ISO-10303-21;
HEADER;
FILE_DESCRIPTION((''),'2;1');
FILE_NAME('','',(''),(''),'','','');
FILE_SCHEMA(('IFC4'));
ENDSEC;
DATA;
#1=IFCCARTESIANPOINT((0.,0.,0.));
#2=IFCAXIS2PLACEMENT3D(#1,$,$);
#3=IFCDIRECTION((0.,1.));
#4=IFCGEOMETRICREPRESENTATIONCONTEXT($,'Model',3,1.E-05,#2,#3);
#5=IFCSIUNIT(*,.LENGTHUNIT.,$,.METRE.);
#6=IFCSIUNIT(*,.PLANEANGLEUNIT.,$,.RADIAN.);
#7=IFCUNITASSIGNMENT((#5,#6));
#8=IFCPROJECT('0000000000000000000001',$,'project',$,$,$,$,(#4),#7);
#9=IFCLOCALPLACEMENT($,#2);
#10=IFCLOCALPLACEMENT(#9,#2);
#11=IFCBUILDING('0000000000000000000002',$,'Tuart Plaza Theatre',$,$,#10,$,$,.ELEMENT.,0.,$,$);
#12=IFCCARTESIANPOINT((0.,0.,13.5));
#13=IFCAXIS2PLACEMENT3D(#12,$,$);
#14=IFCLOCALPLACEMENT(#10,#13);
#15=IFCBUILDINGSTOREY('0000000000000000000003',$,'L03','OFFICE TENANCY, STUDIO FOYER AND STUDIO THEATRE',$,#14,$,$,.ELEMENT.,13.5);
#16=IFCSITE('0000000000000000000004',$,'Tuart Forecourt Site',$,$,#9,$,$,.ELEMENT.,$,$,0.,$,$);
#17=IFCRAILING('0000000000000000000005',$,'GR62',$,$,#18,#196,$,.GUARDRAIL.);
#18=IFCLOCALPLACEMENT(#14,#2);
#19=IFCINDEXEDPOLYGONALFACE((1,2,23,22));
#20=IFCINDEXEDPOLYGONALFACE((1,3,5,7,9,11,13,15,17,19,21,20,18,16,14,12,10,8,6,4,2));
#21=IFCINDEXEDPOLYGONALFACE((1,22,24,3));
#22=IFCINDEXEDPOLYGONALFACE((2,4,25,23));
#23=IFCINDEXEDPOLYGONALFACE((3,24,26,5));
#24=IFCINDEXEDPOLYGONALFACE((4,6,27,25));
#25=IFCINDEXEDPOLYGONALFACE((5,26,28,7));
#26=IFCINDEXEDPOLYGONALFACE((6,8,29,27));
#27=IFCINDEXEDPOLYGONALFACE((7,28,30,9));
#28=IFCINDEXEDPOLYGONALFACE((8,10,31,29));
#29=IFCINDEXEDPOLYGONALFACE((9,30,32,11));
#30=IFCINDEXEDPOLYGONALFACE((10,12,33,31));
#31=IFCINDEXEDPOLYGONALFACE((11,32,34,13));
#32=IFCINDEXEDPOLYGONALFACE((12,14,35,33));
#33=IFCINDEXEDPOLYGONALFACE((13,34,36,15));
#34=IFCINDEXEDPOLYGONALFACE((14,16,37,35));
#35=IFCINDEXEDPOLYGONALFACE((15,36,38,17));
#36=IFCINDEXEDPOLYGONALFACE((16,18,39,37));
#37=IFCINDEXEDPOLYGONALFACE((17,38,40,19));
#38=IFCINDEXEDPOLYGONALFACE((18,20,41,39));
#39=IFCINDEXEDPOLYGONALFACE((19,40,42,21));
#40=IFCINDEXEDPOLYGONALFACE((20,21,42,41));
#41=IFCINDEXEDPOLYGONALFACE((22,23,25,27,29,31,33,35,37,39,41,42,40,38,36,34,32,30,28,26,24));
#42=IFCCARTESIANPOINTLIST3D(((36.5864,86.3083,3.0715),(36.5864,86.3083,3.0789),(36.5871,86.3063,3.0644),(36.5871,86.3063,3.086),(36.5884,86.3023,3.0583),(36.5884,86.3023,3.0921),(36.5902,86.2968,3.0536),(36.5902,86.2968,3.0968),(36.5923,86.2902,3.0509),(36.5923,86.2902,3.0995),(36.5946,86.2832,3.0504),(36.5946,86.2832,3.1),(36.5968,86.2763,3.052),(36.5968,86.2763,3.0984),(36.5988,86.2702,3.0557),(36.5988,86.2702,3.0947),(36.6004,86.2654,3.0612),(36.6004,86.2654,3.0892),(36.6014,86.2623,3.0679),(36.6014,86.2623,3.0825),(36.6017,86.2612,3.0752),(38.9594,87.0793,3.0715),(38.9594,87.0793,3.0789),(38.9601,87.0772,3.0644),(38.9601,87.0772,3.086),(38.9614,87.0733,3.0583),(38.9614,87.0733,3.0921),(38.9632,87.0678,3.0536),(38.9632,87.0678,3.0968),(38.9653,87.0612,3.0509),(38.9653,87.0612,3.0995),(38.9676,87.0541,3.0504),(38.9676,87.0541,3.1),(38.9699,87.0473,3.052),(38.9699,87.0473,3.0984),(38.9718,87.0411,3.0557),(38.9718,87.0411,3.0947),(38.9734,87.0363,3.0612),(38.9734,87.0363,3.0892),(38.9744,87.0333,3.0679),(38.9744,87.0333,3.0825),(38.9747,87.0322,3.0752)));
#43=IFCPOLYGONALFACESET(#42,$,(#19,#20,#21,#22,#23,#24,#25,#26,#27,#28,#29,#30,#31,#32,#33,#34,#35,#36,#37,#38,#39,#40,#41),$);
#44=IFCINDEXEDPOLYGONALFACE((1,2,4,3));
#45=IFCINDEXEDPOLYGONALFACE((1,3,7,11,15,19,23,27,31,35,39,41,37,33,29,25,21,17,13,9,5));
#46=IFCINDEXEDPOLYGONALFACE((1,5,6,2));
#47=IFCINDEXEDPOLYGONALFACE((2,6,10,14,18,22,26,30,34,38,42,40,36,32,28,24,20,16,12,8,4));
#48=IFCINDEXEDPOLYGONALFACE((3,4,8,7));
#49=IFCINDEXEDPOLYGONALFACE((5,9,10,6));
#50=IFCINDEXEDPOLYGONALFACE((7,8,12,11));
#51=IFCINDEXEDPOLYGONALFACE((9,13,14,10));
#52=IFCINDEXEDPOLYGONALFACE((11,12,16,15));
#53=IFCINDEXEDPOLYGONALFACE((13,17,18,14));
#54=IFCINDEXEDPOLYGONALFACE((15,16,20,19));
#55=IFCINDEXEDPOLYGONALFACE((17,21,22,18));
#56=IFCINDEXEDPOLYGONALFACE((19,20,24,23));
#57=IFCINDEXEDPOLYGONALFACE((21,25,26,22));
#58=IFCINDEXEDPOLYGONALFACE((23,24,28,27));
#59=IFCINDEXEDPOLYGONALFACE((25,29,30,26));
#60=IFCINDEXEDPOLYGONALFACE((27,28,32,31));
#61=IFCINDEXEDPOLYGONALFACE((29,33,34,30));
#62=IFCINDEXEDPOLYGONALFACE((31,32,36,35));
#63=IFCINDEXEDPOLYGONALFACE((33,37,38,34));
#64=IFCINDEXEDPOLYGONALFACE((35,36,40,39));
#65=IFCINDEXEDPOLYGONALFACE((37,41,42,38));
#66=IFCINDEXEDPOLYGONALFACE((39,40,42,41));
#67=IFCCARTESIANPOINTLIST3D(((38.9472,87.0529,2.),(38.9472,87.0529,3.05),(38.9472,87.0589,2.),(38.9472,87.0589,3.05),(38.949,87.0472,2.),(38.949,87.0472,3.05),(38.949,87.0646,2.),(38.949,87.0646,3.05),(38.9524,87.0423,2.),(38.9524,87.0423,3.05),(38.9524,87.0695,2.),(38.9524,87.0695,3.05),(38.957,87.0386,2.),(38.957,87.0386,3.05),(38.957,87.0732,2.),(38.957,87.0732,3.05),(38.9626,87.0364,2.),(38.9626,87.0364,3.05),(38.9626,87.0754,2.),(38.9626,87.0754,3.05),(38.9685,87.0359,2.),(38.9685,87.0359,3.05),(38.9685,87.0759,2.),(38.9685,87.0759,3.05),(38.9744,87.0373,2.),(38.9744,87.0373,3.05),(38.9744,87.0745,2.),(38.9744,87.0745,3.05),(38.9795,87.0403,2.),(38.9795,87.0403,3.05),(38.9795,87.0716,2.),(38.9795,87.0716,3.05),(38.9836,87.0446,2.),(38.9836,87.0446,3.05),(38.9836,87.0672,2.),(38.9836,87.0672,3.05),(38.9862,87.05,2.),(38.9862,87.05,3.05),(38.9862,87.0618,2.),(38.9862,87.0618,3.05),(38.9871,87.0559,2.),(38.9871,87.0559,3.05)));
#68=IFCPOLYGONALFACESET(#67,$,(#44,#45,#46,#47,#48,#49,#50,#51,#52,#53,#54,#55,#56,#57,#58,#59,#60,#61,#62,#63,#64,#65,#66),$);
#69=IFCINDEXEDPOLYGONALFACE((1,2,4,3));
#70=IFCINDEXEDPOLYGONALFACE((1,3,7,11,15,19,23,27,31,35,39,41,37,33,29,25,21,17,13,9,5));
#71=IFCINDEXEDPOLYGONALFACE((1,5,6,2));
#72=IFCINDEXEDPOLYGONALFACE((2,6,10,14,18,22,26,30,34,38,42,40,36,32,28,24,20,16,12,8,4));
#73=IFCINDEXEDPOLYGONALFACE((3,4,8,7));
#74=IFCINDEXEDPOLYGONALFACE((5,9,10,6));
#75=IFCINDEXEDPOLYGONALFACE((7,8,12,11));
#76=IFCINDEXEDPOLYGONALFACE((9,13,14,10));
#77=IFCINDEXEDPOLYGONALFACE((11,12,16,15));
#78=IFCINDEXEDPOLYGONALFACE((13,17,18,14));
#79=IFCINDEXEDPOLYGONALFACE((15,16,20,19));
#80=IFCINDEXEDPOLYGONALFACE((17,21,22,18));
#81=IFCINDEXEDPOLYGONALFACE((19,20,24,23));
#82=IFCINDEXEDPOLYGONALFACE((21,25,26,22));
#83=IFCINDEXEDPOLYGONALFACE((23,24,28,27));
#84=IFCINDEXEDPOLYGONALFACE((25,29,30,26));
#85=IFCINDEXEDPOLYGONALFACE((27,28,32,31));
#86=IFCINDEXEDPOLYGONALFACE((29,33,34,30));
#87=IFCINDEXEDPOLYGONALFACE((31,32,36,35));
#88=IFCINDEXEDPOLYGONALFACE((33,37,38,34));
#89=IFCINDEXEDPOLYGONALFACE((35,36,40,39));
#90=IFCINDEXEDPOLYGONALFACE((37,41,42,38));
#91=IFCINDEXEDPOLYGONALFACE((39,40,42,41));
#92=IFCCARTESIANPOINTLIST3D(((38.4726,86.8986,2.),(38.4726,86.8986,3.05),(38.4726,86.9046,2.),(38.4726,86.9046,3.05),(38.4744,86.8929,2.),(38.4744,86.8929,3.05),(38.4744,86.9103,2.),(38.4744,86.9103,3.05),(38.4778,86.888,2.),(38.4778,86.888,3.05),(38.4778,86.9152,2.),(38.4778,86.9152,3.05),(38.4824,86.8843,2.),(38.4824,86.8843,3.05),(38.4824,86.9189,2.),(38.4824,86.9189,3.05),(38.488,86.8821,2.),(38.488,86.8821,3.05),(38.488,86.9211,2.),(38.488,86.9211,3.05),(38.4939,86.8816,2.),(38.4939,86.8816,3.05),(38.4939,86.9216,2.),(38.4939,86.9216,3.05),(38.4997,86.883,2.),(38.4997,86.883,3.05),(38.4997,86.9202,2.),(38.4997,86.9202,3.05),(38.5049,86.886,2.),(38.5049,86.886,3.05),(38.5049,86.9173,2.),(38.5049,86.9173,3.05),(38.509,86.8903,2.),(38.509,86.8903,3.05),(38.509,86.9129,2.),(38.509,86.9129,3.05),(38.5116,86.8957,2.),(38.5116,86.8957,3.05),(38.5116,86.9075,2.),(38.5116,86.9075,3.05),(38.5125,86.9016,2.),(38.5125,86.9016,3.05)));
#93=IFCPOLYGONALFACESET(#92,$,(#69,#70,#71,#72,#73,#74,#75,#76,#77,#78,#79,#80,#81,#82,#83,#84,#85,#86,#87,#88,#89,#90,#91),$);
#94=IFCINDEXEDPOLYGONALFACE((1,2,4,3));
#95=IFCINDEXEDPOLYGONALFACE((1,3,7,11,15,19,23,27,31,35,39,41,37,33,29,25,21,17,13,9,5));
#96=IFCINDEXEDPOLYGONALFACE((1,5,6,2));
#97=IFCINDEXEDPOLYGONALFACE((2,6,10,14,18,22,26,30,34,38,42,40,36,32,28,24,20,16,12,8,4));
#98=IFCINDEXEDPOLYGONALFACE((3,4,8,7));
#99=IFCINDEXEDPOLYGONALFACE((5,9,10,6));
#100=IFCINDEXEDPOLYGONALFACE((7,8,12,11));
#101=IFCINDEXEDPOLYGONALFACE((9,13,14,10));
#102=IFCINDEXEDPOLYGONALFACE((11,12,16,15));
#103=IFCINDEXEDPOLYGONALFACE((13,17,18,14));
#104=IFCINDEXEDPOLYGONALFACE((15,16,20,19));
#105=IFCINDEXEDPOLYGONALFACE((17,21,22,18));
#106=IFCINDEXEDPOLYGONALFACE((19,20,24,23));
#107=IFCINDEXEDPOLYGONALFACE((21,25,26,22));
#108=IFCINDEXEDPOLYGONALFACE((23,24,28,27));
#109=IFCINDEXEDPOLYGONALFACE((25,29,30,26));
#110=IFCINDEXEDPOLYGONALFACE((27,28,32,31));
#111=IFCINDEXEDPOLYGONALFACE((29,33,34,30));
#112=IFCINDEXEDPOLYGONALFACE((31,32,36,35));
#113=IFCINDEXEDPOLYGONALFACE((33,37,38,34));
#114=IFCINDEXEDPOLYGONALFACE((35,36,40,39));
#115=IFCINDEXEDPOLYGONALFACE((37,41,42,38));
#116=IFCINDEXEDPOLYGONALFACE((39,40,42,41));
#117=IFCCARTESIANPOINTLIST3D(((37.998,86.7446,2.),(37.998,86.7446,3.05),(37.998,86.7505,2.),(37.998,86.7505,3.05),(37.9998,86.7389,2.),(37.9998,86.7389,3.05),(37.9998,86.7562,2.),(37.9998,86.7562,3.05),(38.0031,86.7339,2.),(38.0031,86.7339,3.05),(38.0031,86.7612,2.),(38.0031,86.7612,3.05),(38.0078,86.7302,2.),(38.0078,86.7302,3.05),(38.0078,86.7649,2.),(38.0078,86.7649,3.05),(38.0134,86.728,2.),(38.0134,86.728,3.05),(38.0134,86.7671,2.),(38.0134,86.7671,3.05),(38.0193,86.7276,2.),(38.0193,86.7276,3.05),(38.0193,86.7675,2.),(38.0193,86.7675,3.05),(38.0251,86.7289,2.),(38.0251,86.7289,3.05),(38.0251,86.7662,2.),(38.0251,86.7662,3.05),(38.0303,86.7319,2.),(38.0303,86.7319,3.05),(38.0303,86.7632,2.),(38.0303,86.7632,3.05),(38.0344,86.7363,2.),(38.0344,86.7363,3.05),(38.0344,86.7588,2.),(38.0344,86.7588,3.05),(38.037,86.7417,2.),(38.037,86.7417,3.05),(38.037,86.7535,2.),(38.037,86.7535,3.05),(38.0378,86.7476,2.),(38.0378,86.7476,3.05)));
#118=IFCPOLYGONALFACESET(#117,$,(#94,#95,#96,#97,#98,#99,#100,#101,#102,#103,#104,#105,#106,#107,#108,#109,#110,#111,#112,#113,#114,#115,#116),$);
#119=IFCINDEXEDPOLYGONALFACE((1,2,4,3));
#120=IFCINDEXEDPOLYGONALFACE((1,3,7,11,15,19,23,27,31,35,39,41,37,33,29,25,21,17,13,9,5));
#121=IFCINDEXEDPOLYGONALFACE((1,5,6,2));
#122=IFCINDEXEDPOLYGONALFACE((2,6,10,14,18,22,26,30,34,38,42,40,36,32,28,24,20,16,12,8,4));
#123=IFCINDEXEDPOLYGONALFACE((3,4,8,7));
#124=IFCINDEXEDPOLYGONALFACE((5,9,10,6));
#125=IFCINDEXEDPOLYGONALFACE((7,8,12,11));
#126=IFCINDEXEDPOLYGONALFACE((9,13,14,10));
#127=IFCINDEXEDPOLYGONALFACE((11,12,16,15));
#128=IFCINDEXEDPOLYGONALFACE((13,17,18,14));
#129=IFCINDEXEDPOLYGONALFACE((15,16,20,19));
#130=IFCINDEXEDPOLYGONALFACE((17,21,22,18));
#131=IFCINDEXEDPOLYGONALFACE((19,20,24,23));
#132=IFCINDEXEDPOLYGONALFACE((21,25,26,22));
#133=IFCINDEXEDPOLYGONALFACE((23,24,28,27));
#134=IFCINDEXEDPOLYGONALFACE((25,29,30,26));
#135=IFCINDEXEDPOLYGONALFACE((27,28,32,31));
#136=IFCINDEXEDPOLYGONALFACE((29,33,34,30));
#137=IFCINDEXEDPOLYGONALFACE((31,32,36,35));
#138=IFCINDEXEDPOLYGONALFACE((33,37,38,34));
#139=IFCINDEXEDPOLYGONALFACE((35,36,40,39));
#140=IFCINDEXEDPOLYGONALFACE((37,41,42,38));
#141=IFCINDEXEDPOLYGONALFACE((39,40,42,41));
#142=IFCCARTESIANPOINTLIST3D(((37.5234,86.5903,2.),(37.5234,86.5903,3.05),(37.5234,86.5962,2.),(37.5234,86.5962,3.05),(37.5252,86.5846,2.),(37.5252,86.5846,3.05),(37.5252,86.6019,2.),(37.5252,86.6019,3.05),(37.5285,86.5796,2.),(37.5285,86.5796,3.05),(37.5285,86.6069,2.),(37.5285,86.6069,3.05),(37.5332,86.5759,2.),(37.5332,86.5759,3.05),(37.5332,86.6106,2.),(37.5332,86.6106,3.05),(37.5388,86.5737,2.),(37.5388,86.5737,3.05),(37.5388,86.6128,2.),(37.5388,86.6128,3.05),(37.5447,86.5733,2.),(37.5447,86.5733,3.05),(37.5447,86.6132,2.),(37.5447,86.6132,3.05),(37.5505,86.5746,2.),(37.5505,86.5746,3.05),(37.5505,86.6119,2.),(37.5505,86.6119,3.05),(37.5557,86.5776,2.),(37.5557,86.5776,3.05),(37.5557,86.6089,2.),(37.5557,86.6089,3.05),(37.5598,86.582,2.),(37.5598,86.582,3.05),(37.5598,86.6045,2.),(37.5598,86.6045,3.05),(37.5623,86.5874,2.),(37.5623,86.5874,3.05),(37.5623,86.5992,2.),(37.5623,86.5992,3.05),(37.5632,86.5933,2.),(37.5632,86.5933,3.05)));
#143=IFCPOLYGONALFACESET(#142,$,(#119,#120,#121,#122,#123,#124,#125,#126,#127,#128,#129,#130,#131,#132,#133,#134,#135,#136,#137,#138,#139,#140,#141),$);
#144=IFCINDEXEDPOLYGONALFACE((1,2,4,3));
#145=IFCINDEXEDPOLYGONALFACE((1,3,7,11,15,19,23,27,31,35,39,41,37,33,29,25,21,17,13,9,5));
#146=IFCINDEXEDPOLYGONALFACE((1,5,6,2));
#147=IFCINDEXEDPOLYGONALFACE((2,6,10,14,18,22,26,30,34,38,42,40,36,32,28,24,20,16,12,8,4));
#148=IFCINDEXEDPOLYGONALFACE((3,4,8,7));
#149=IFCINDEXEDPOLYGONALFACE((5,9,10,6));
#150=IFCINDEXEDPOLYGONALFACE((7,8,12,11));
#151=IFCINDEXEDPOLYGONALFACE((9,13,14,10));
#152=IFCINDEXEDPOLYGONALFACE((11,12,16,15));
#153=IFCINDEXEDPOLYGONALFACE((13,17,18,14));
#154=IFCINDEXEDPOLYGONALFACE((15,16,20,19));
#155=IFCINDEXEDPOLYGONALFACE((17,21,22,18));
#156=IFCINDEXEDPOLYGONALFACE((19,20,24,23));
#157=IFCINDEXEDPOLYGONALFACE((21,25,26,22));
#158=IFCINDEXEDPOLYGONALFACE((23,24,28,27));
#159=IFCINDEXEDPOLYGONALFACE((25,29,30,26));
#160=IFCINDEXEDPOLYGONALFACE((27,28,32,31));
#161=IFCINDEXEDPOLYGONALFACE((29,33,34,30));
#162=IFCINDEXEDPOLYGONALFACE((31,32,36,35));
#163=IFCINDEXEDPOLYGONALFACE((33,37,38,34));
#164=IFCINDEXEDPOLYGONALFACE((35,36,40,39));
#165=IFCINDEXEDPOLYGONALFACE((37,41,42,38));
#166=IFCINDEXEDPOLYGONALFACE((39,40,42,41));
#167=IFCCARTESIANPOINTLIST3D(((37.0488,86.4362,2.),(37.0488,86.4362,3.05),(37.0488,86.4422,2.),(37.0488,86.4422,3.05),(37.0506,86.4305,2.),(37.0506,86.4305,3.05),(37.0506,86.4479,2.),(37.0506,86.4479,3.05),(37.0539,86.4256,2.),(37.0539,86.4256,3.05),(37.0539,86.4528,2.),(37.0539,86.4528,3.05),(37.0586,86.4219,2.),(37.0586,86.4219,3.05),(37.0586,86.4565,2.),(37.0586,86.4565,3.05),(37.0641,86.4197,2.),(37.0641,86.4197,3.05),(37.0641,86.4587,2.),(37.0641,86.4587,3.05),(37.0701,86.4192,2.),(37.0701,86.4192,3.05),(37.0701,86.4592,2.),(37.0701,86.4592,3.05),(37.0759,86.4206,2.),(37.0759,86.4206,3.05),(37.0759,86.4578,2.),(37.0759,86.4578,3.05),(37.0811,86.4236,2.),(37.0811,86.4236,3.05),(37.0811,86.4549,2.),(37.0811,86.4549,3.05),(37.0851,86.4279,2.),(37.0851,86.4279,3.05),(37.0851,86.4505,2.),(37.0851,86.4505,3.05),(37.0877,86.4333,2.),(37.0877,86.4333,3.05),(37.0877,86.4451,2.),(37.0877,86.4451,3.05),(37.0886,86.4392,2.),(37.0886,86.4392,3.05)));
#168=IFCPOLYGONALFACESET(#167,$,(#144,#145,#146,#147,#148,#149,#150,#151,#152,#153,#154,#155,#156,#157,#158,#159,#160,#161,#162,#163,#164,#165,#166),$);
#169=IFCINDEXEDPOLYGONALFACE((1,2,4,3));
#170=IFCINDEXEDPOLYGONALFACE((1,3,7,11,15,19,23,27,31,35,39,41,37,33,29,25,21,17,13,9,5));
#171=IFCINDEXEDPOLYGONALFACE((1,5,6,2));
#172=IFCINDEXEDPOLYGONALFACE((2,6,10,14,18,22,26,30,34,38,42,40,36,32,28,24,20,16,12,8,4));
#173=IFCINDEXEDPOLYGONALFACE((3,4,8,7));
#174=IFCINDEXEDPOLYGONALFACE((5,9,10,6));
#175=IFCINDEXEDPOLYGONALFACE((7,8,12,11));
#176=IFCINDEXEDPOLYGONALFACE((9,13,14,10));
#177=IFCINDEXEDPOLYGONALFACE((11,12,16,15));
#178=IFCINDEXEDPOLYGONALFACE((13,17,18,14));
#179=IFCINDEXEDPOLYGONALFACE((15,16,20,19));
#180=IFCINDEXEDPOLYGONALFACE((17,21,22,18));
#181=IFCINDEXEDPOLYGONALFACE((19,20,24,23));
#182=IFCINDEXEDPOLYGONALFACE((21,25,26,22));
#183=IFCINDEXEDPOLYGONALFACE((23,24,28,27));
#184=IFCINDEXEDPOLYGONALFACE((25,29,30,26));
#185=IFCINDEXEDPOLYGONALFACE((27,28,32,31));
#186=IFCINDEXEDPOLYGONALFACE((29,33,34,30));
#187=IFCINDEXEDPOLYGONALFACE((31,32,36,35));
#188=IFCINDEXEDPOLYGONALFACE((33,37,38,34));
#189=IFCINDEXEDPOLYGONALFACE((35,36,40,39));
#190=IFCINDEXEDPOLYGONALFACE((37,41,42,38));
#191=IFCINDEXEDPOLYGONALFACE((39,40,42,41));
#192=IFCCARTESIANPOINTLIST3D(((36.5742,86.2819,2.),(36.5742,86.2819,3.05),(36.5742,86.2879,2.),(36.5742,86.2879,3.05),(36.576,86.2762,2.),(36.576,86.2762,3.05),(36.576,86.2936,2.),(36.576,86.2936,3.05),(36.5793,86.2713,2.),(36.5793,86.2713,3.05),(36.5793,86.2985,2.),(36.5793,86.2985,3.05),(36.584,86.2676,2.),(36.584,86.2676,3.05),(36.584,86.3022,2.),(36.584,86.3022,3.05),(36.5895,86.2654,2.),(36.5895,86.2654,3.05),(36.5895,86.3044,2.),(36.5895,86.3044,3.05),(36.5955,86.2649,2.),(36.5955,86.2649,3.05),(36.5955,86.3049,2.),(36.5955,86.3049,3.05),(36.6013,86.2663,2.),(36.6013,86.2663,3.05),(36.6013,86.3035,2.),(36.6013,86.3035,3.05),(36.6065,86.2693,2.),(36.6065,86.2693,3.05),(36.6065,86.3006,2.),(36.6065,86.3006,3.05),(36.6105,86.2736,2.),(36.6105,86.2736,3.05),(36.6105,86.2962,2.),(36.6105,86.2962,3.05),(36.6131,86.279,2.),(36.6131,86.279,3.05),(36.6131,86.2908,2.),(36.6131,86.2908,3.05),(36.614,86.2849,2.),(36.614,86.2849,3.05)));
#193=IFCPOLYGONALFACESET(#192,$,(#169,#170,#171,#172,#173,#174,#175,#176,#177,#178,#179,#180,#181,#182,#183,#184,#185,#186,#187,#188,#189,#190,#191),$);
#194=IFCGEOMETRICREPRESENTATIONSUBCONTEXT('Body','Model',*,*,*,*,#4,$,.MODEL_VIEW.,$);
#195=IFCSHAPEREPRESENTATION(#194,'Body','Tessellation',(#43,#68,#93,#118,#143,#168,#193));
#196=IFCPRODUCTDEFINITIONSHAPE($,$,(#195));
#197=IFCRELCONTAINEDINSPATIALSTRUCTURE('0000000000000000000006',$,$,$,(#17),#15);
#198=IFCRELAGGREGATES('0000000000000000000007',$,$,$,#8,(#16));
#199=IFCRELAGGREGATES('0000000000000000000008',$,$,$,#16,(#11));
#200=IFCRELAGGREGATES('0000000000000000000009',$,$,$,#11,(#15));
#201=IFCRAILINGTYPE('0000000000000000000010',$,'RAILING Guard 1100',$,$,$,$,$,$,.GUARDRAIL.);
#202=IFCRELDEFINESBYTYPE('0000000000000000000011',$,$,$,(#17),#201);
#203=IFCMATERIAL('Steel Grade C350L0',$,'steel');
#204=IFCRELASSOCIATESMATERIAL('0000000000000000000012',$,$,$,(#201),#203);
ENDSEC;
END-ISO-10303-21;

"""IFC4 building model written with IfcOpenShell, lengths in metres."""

from ifc_helpers import new_model, si_unit, direction, frame, origin, origin_2d, place, context, subcontext, project, spatial, circle, extrude, material, type_object, element, save


model = new_model("IFC4")

# Units and contexts
model_context = context("Model", 3, precision=1e-05, world=origin(), true_north=direction((0.0, 1.0)))
body_context = subcontext(model_context, "Body", "Model", "MODEL_VIEW")
ifc_project = project(units=[si_unit("LENGTHUNIT", "METRE"), si_unit("PLANEANGLEUNIT", "RADIAN")], contexts=[model_context])

# Site, building, storey
site_placement = place(None, origin())
site = spatial("IfcSite", under=ifc_project, at=site_placement, Name="Tuart Forecourt Site", CompositionType="ELEMENT", RefElevation=0.0)
building_placement = place(site_placement, origin())
building = spatial("IfcBuilding", under=site, at=building_placement, Name="Tuart Plaza Theatre", CompositionType="ELEMENT", ElevationOfRefHeight=0.0)
storey_placement = place(building_placement, frame((0.0, 0.0, 13.5)))
storey = spatial("IfcBuildingStorey", under=building, at=storey_placement, Name="L03", Description="OFFICE TENANCY, STUDIO FOYER AND STUDIO THEATRE", CompositionType="ELEMENT", Elevation=13.5)

# Railing
ifc_material_1 = material(Name="Steel Grade C350L0", Category="steel")
railing_type_1 = type_object("IfcRailingType", Name="RAILING Guard 1100", PredefinedType="GUARDRAIL", material=ifc_material_1)
railing_1_placement = place(storey_placement, frame((38.967, 87.0559, 2.0)))
element("IfcRailing", 1, at=railing_1_placement, inside=storey, type_object=railing_type_1, Name="GR62", PredefinedType="GUARDRAIL", context=body_context, shape_type="SweptSolid", body=[
    extrude(circle(Radius=0.0249, at=origin_2d()), frame((0.0, 0.0, 1.0752), z_axis=(-0.951063, -0.308998, 0.0), x_axis=(0.308998, -0.951063, 0.0)), (0.0, 0.0, 1.0), 2.4951),
    extrude(circle(Radius=0.02, at=origin_2d()), origin(), (0.0, 0.0, 1.0), 1.05),
    extrude(circle(Radius=0.02, at=origin_2d()), frame((-0.4746, -0.1543, 0.0)), (0.0, 0.0, 1.0), 1.05),
    extrude(circle(Radius=0.02, at=origin_2d()), frame((-0.9492, -0.3083, 0.0)), (0.0, 0.0, 1.0), 1.05),
    extrude(circle(Radius=0.02, at=origin_2d()), frame((-1.4238, -0.4626, 0.0)), (0.0, 0.0, 1.0), 1.05),
    extrude(circle(Radius=0.02, at=origin_2d()), frame((-1.8984, -0.6167, 0.0)), (0.0, 0.0, 1.0), 1.05),
    extrude(circle(Radius=0.02, at=origin_2d()), frame((-2.373, -0.771, 0.0)), (0.0, 0.0, 1.0), 1.05),
])

save(model, "model.ifc")
